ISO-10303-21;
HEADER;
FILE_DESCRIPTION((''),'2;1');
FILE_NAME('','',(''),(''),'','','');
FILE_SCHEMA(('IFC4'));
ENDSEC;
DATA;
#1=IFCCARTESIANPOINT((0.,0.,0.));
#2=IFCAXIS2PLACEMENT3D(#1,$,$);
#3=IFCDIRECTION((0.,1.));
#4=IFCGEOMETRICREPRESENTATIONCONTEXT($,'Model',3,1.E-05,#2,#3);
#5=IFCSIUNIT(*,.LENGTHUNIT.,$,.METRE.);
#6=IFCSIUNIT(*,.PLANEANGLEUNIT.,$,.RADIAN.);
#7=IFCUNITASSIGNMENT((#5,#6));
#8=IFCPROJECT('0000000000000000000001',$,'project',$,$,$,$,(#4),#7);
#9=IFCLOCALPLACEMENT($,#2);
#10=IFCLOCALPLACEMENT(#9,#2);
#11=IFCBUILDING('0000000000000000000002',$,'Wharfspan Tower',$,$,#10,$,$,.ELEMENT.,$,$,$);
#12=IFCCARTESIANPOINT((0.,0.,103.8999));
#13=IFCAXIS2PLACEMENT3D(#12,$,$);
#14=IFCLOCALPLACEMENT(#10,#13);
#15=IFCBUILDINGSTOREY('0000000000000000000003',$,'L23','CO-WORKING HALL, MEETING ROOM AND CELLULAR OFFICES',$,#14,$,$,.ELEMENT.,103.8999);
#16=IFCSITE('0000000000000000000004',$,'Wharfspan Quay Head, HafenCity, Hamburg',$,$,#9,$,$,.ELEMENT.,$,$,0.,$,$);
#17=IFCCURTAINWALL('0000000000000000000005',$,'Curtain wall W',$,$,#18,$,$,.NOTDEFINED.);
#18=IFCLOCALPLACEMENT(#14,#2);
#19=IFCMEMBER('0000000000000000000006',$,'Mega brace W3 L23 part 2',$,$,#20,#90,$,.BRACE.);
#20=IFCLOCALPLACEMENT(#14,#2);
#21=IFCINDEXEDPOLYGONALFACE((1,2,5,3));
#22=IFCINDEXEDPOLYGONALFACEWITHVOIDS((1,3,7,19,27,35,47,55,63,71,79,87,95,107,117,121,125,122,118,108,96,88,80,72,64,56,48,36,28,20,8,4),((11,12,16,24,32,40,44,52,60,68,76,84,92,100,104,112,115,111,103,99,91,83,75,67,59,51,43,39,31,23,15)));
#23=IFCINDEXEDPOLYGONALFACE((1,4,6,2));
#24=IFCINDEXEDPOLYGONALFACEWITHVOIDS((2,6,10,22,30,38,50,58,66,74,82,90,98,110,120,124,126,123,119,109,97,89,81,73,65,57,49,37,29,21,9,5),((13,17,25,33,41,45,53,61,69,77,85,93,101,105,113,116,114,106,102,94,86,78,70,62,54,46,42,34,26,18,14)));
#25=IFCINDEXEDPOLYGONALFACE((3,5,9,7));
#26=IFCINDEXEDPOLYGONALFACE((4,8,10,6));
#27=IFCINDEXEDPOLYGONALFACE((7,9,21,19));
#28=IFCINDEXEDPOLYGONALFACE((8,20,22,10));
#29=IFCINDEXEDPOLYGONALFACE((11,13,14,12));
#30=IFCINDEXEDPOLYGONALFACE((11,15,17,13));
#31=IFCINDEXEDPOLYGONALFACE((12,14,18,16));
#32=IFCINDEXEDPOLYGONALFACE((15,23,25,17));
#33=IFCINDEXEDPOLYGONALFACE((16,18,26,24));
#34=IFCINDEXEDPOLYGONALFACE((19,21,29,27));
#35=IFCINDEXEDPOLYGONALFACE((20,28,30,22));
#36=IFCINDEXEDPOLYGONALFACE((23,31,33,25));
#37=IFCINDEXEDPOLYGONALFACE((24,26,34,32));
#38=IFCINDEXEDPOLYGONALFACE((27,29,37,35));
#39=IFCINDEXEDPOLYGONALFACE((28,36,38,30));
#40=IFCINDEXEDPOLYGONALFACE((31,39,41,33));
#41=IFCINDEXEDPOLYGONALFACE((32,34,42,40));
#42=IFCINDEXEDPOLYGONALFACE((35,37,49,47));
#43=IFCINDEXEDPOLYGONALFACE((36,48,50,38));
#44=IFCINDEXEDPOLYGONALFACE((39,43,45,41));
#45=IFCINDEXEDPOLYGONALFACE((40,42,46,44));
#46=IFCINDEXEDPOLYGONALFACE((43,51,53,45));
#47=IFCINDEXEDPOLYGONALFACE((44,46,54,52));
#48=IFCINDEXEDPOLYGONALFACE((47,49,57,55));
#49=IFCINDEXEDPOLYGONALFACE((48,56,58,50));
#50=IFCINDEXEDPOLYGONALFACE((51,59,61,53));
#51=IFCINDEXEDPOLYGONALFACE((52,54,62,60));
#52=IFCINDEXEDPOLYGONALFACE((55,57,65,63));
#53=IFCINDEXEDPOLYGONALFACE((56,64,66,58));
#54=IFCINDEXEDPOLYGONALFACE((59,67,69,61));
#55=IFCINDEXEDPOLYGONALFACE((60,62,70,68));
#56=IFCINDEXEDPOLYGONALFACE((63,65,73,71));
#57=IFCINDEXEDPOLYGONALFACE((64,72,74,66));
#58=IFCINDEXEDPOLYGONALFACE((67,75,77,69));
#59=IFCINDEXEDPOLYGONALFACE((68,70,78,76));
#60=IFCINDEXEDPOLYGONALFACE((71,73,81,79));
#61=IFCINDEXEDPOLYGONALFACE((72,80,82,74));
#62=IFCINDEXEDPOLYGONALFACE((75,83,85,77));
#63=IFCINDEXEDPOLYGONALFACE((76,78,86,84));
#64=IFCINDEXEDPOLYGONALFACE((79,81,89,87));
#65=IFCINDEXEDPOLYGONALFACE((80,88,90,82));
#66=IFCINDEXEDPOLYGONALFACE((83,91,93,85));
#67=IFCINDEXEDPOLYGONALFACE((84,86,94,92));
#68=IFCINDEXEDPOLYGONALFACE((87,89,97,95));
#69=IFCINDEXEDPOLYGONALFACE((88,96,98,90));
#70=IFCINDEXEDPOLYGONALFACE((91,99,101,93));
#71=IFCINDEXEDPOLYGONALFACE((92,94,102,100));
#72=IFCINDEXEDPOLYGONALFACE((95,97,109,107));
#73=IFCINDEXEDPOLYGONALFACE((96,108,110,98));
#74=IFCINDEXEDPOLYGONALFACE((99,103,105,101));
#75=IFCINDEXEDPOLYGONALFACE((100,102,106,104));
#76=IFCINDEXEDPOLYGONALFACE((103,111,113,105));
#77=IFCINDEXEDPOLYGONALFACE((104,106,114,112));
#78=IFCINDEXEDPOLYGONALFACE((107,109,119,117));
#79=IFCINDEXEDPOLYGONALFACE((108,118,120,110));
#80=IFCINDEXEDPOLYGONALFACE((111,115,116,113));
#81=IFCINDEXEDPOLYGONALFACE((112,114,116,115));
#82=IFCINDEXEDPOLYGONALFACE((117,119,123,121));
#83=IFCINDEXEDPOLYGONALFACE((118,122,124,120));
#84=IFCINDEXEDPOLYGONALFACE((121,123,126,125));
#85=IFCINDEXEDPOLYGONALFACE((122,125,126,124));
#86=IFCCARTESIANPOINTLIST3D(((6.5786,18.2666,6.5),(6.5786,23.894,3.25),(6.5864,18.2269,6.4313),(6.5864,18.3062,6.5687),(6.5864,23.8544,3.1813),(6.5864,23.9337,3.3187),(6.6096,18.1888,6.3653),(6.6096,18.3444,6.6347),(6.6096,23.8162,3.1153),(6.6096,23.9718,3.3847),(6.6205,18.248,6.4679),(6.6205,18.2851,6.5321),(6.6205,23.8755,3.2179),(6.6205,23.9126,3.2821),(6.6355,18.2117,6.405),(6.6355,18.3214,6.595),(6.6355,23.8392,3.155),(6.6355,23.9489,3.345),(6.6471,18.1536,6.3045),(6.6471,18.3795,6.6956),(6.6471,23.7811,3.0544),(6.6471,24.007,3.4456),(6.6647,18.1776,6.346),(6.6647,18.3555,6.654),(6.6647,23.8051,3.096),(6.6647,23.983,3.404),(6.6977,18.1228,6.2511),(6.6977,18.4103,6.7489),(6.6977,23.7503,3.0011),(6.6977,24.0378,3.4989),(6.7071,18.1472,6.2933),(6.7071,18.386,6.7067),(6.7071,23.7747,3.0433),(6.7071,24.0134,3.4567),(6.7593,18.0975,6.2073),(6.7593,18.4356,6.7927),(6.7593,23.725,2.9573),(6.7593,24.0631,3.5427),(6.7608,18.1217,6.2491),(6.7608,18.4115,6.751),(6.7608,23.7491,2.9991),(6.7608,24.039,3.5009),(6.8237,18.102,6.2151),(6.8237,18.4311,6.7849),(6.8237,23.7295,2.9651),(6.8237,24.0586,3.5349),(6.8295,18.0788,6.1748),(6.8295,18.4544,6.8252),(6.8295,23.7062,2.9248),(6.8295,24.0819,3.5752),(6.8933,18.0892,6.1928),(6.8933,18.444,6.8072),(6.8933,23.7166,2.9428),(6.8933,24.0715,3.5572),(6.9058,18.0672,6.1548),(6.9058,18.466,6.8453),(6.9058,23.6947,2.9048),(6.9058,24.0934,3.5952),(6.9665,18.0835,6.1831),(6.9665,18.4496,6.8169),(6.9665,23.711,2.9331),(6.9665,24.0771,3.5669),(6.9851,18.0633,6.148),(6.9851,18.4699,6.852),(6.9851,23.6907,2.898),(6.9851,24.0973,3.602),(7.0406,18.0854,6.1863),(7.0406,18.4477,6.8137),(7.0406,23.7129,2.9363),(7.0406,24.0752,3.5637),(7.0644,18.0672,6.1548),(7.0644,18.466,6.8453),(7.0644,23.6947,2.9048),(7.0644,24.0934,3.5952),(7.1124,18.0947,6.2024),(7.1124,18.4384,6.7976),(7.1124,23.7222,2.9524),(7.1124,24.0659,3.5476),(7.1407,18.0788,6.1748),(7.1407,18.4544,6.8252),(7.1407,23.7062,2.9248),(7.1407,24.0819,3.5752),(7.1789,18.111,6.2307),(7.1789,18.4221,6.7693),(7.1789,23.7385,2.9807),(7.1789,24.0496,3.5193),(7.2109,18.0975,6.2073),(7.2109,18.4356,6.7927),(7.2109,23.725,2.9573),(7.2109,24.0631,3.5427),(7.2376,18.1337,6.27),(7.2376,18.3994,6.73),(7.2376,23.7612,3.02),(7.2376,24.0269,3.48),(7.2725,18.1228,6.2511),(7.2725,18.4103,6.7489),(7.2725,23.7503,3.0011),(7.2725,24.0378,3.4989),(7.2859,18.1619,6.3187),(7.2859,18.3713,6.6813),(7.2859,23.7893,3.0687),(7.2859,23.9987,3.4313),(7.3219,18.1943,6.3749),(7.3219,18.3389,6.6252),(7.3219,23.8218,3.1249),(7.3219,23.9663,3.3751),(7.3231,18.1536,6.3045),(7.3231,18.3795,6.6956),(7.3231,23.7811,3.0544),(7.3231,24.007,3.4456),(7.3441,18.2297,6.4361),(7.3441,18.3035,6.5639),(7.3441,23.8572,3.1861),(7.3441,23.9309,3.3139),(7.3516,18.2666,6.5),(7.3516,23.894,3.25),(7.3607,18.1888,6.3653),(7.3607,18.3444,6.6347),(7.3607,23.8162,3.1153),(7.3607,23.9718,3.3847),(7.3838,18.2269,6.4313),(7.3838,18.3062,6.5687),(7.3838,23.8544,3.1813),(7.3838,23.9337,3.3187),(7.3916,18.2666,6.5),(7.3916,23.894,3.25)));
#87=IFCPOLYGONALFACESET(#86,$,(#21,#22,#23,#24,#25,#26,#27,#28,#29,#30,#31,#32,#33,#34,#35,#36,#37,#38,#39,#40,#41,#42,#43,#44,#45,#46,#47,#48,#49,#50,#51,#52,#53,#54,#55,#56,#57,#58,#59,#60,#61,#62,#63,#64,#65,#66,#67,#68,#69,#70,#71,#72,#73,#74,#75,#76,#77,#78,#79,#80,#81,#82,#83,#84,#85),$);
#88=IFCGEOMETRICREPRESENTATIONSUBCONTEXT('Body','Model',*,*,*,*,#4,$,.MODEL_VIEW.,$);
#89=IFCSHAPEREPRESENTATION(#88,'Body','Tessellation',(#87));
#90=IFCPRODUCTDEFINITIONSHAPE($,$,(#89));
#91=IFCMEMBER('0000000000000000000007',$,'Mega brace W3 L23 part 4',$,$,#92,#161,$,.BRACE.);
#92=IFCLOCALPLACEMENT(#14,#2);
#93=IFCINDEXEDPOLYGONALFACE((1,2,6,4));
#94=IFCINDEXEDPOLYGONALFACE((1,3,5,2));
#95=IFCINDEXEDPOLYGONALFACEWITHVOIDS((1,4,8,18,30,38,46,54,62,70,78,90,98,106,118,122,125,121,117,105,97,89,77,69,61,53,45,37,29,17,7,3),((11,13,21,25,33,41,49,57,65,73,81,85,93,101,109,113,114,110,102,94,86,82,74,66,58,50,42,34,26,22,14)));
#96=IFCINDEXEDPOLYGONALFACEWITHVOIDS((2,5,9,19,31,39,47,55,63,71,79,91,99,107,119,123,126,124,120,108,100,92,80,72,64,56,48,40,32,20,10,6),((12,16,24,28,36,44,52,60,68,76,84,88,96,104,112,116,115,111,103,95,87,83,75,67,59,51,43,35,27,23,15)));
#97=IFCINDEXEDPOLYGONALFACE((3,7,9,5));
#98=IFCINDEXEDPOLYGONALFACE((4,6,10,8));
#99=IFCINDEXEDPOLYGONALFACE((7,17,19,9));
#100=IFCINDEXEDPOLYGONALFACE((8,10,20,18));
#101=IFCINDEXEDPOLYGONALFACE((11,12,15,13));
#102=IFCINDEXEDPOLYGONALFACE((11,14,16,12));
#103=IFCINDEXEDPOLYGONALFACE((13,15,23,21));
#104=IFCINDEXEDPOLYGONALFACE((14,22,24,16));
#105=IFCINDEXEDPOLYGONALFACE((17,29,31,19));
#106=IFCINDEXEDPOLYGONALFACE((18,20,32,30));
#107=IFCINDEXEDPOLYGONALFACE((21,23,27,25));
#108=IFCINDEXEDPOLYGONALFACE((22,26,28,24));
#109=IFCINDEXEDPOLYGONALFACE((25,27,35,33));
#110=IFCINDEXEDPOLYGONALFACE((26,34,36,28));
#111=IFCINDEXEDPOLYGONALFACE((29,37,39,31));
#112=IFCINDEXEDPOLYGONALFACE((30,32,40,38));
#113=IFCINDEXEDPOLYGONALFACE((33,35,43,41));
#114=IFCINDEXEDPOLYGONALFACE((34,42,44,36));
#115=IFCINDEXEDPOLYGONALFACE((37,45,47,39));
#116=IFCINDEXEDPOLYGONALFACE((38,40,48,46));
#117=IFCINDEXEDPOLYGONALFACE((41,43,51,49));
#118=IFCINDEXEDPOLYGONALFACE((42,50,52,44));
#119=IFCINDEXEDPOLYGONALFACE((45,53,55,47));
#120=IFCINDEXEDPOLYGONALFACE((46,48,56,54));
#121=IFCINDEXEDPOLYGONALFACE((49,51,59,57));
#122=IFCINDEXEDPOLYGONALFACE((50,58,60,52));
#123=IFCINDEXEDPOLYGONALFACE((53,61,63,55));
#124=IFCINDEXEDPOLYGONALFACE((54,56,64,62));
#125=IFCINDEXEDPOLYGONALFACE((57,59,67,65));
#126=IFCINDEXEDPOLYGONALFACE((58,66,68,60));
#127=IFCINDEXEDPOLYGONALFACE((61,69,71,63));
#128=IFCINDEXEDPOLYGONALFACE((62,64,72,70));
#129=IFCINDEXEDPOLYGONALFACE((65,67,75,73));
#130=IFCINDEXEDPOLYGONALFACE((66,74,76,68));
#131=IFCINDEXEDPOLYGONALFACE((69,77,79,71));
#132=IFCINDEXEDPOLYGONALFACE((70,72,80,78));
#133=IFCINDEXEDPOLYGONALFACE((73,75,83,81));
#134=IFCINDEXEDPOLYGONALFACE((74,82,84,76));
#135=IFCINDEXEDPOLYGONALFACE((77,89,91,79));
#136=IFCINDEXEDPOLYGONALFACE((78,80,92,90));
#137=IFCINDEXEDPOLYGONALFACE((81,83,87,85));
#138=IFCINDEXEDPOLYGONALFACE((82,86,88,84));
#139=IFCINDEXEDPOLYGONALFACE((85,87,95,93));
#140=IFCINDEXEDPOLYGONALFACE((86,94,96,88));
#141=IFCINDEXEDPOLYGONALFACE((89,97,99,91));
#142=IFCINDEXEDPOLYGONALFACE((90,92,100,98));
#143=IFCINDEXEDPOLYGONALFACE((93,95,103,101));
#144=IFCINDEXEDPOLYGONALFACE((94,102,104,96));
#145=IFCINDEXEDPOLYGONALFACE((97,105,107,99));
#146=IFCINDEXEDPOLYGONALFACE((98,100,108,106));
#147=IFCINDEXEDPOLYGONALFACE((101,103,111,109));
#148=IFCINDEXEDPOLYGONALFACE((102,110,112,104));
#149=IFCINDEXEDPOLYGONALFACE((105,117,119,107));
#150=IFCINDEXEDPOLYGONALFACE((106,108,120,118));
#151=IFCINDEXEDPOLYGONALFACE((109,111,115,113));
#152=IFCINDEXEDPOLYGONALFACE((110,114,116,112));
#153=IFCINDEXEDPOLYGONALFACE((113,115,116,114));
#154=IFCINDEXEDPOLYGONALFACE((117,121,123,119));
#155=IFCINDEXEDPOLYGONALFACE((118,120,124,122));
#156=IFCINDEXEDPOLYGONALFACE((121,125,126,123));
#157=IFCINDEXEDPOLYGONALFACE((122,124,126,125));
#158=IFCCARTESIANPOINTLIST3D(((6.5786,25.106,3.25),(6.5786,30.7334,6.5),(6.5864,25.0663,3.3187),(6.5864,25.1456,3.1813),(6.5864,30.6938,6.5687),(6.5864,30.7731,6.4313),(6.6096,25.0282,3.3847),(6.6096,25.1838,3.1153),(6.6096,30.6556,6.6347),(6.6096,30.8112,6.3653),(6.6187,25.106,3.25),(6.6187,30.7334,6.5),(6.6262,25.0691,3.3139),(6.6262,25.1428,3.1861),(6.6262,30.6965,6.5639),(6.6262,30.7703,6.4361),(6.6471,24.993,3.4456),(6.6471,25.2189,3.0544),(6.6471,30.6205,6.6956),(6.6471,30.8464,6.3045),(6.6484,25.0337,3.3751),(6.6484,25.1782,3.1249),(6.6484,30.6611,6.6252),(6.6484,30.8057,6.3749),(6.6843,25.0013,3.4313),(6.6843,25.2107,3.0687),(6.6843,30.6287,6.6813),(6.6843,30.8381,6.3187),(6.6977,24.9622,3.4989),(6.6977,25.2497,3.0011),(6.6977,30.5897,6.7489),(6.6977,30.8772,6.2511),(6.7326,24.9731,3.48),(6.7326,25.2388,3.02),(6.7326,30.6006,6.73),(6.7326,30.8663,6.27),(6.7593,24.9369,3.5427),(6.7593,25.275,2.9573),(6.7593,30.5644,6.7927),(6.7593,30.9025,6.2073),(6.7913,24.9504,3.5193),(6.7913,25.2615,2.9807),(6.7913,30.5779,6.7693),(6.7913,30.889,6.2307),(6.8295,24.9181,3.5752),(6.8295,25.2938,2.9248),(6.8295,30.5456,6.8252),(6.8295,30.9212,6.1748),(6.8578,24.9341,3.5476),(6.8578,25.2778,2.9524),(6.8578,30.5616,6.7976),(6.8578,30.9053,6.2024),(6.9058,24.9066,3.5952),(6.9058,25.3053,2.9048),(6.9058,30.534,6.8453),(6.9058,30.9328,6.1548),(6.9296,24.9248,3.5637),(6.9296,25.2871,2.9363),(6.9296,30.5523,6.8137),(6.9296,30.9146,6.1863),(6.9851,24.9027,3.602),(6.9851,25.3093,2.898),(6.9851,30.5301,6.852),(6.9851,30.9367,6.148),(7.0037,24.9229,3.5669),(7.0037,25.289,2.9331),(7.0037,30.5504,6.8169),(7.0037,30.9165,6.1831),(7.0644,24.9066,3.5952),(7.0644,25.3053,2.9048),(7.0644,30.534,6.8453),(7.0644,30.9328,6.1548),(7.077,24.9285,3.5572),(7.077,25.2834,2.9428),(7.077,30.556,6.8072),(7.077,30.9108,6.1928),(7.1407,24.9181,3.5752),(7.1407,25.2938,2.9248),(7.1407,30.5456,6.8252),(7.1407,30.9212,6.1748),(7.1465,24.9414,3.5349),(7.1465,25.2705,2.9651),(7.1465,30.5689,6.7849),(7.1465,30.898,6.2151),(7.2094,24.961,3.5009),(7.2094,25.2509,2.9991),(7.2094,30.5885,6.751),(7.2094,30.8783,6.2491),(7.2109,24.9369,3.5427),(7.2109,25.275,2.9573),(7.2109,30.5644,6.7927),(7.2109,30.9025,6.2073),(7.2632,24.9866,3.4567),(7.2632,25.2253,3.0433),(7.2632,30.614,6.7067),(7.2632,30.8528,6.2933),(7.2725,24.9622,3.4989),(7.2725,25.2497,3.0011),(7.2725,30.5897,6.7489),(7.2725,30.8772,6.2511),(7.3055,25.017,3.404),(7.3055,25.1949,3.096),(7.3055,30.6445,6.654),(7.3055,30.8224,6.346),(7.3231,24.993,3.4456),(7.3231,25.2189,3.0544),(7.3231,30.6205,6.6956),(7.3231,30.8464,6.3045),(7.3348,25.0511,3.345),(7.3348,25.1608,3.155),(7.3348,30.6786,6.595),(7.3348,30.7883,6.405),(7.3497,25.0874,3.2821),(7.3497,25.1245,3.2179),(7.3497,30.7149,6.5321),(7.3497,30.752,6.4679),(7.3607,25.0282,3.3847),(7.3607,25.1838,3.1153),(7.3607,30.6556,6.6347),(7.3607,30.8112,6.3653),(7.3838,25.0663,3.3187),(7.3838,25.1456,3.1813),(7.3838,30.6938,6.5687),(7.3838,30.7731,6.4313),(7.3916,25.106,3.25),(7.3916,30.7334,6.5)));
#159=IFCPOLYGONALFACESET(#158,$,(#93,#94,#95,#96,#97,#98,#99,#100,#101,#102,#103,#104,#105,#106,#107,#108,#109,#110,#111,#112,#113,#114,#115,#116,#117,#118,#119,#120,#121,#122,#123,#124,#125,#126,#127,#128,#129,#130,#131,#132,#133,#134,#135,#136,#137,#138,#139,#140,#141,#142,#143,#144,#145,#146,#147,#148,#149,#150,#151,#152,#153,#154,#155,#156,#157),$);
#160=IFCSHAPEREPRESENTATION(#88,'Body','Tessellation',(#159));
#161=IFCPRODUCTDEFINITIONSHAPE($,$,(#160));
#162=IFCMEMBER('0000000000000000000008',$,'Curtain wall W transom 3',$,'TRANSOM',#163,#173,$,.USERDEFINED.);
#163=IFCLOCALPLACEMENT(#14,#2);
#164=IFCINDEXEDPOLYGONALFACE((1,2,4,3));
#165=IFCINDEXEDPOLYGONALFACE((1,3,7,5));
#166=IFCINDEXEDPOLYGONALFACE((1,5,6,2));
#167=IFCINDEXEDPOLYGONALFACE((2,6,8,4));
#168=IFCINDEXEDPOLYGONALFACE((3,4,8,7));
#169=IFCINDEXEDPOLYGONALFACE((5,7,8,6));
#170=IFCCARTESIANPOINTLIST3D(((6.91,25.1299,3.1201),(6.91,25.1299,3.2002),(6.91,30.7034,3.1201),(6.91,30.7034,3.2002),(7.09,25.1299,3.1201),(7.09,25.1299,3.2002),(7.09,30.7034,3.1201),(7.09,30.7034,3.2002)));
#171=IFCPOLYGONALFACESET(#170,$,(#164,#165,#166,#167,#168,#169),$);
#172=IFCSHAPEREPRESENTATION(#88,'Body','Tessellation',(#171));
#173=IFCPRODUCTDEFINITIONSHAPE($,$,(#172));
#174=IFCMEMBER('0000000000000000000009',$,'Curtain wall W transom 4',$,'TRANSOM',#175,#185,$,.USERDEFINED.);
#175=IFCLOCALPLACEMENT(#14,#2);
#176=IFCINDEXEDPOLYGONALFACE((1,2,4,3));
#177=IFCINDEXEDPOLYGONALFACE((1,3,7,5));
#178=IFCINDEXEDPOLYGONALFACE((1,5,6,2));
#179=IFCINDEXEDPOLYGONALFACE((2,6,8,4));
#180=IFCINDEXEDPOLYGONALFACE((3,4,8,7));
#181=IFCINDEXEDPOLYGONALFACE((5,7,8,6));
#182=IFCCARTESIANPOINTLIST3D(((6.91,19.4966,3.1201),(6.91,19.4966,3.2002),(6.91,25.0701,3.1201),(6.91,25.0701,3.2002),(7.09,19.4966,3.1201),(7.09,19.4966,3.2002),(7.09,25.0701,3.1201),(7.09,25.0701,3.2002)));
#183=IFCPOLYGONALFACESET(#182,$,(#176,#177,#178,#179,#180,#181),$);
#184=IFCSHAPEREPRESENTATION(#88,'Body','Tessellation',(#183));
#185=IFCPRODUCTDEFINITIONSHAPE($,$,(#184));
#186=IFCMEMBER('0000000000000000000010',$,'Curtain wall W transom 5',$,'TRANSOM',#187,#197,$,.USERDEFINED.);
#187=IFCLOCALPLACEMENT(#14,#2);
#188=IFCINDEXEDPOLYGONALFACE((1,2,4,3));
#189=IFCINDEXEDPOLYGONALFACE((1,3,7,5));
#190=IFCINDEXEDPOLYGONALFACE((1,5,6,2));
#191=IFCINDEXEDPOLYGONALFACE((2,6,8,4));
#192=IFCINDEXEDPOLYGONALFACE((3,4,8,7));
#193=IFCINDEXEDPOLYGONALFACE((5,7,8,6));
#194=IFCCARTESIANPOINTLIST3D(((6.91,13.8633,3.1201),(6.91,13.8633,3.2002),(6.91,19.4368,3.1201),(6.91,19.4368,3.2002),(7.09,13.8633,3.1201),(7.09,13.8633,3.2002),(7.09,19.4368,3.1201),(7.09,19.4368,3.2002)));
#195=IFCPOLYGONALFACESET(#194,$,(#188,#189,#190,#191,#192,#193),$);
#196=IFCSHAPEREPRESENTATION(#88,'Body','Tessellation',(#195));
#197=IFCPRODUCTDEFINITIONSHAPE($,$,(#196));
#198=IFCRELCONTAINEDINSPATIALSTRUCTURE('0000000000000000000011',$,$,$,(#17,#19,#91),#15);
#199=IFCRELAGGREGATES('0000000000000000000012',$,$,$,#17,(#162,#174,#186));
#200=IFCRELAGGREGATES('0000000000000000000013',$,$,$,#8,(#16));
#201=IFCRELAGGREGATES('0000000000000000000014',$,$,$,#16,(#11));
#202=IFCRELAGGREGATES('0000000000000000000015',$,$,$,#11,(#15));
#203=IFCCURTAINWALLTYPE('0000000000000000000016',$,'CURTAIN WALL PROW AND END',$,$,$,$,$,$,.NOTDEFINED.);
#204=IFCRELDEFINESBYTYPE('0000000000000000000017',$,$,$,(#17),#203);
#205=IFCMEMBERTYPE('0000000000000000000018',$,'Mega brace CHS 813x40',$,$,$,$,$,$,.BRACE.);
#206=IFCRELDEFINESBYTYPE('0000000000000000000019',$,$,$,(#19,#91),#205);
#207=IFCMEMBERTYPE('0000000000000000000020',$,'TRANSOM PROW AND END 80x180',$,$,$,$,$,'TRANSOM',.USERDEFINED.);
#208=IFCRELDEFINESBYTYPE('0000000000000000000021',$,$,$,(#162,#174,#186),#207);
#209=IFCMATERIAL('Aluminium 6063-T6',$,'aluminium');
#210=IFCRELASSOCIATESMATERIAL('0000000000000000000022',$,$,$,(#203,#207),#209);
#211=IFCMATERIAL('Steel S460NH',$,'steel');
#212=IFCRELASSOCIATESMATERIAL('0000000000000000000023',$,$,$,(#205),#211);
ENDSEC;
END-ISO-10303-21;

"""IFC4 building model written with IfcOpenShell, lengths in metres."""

from ifc_helpers import new_model, si_unit, direction, frame, origin, origin_2d, place, context, subcontext, project, spatial, rectangle, hollow_circle, extrude, material, material_profile, profile_set, type_object, element, aggregate, save


model = new_model("IFC4")

# Units and contexts
model_context = context("Model", 3, precision=1e-05, world=origin(), true_north=direction((0.0, 1.0)))
body_context = subcontext(model_context, "Body", "Model", "MODEL_VIEW")
ifc_project = project(units=[si_unit("LENGTHUNIT", "METRE"), si_unit("PLANEANGLEUNIT", "RADIAN")], contexts=[model_context])

# Site, building, storey
site_placement = place(None, origin())
site = spatial("IfcSite", under=ifc_project, at=site_placement, Name="Wharfspan Quay Head, HafenCity, Hamburg", CompositionType="ELEMENT", RefElevation=0.0)
building_placement = place(site_placement, origin())
building = spatial("IfcBuilding", under=site, at=building_placement, Name="Wharfspan Tower", CompositionType="ELEMENT")
storey_placement = place(building_placement, frame((0.0, 0.0, 103.8999)))
storey = spatial("IfcBuildingStorey", under=building, at=storey_placement, Name="L23", Description="CO-WORKING HALL, MEETING ROOM AND CELLULAR OFFICES", CompositionType="ELEMENT", Elevation=103.8999)

# Curtain wall
ifc_material_1 = material(Name="Aluminium 6063-T6", Category="aluminium")
curtain_wall_type = type_object("IfcCurtainWallType", Name="CURTAIN WALL PROW AND END", PredefinedType="NOTDEFINED", material=ifc_material_1)
curtain_wall_placement = place(storey_placement, origin())
curtain_wall = element("IfcCurtainWall", 1, at=curtain_wall_placement, inside=storey, type_object=curtain_wall_type, Name="Curtain wall W", PredefinedType="NOTDEFINED")

# Members
ifc_material_2 = material(Name="Steel S460NH", Category="steel")
ifc_material_profile_1 = material_profile(ifc_material_2, hollow_circle(Radius=0.4065, WallThickness=0.04, at=origin_2d()))
ifc_profile_set_1 = profile_set([ifc_material_profile_1], Name="Steel S460NH")
member_type_1 = type_object("IfcMemberType", Name="Mega brace CHS 813x40", PredefinedType="BRACE", material=ifc_profile_set_1)
for number, where, z_axis, x_axis, name in (
    (2, (6.9851, 23.894, 3.25), (0.0, -0.865959, 0.500115), (1.0, 0.0, 0.0), "Mega brace W3 L23 part 2"),
    (3, (6.9851, 25.106, 3.25), (0.0, 0.865959, 0.500115), (-1.0, 0.0, 0.0), "Mega brace W3 L23 part 4"),
):
    element("IfcMember", number, at=place(storey_placement, frame(where, z_axis=z_axis, x_axis=x_axis)), inside=storey, type_object=member_type_1, Name=name, PredefinedType="BRACE", context=body_context, shape_type="SweptSolid", body=[
        extrude(hollow_circle(Radius=0.4065, WallThickness=0.04, at=origin_2d()), origin(), (0.0, 0.0, 1.0), 6.4985),
    ])

# Members
ifc_material_profile_2 = material_profile(ifc_material_1, rectangle(XDim=0.1799, YDim=0.0801, at=origin_2d()))
ifc_profile_set_2 = profile_set([ifc_material_profile_2], Name="Aluminium 6063-T6")
member_type_2 = type_object("IfcMemberType", Name="TRANSOM PROW AND END 80x180", ElementType="TRANSOM", PredefinedType="USERDEFINED", material=ifc_profile_set_2)
member_1_placement = place(storey_placement, frame((7.0, 30.7034, 3.1602), z_axis=(0.0, -1.0, 0.0), x_axis=(1.0, 0.0, 0.0)))
member_1 = element("IfcMember", 4, at=member_1_placement, type_object=member_type_2, Name="Curtain wall W transom 3", ObjectType="TRANSOM", PredefinedType="USERDEFINED", context=body_context, shape_type="SweptSolid", body=[
    extrude(rectangle(XDim=0.1799, YDim=0.0801, at=origin_2d()), origin(), (0.0, 0.0, 1.0), 5.5735),
])
member_2_placement = place(storey_placement, frame((7.0, 25.0701, 3.1602), z_axis=(0.0, -1.0, 0.0), x_axis=(1.0, 0.0, 0.0)))
member_2 = element("IfcMember", 5, at=member_2_placement, type_object=member_type_2, Name="Curtain wall W transom 4", ObjectType="TRANSOM", PredefinedType="USERDEFINED", context=body_context, shape_type="SweptSolid", body=[
    extrude(rectangle(XDim=0.1799, YDim=0.0801, at=origin_2d()), origin(), (0.0, 0.0, 1.0), 5.5735),
])
member_3_placement = place(storey_placement, frame((7.0, 19.4368, 3.1602), z_axis=(0.0, -1.0, 0.0), x_axis=(1.0, 0.0, 0.0)))
member_3 = element("IfcMember", 6, at=member_3_placement, type_object=member_type_2, Name="Curtain wall W transom 5", ObjectType="TRANSOM", PredefinedType="USERDEFINED", context=body_context, shape_type="SweptSolid", body=[
    extrude(rectangle(XDim=0.1799, YDim=0.0801, at=origin_2d()), origin(), (0.0, 0.0, 1.0), 5.5735),
])

aggregate(curtain_wall, [member_1, member_2, member_3])

save(model, "model.ifc")
